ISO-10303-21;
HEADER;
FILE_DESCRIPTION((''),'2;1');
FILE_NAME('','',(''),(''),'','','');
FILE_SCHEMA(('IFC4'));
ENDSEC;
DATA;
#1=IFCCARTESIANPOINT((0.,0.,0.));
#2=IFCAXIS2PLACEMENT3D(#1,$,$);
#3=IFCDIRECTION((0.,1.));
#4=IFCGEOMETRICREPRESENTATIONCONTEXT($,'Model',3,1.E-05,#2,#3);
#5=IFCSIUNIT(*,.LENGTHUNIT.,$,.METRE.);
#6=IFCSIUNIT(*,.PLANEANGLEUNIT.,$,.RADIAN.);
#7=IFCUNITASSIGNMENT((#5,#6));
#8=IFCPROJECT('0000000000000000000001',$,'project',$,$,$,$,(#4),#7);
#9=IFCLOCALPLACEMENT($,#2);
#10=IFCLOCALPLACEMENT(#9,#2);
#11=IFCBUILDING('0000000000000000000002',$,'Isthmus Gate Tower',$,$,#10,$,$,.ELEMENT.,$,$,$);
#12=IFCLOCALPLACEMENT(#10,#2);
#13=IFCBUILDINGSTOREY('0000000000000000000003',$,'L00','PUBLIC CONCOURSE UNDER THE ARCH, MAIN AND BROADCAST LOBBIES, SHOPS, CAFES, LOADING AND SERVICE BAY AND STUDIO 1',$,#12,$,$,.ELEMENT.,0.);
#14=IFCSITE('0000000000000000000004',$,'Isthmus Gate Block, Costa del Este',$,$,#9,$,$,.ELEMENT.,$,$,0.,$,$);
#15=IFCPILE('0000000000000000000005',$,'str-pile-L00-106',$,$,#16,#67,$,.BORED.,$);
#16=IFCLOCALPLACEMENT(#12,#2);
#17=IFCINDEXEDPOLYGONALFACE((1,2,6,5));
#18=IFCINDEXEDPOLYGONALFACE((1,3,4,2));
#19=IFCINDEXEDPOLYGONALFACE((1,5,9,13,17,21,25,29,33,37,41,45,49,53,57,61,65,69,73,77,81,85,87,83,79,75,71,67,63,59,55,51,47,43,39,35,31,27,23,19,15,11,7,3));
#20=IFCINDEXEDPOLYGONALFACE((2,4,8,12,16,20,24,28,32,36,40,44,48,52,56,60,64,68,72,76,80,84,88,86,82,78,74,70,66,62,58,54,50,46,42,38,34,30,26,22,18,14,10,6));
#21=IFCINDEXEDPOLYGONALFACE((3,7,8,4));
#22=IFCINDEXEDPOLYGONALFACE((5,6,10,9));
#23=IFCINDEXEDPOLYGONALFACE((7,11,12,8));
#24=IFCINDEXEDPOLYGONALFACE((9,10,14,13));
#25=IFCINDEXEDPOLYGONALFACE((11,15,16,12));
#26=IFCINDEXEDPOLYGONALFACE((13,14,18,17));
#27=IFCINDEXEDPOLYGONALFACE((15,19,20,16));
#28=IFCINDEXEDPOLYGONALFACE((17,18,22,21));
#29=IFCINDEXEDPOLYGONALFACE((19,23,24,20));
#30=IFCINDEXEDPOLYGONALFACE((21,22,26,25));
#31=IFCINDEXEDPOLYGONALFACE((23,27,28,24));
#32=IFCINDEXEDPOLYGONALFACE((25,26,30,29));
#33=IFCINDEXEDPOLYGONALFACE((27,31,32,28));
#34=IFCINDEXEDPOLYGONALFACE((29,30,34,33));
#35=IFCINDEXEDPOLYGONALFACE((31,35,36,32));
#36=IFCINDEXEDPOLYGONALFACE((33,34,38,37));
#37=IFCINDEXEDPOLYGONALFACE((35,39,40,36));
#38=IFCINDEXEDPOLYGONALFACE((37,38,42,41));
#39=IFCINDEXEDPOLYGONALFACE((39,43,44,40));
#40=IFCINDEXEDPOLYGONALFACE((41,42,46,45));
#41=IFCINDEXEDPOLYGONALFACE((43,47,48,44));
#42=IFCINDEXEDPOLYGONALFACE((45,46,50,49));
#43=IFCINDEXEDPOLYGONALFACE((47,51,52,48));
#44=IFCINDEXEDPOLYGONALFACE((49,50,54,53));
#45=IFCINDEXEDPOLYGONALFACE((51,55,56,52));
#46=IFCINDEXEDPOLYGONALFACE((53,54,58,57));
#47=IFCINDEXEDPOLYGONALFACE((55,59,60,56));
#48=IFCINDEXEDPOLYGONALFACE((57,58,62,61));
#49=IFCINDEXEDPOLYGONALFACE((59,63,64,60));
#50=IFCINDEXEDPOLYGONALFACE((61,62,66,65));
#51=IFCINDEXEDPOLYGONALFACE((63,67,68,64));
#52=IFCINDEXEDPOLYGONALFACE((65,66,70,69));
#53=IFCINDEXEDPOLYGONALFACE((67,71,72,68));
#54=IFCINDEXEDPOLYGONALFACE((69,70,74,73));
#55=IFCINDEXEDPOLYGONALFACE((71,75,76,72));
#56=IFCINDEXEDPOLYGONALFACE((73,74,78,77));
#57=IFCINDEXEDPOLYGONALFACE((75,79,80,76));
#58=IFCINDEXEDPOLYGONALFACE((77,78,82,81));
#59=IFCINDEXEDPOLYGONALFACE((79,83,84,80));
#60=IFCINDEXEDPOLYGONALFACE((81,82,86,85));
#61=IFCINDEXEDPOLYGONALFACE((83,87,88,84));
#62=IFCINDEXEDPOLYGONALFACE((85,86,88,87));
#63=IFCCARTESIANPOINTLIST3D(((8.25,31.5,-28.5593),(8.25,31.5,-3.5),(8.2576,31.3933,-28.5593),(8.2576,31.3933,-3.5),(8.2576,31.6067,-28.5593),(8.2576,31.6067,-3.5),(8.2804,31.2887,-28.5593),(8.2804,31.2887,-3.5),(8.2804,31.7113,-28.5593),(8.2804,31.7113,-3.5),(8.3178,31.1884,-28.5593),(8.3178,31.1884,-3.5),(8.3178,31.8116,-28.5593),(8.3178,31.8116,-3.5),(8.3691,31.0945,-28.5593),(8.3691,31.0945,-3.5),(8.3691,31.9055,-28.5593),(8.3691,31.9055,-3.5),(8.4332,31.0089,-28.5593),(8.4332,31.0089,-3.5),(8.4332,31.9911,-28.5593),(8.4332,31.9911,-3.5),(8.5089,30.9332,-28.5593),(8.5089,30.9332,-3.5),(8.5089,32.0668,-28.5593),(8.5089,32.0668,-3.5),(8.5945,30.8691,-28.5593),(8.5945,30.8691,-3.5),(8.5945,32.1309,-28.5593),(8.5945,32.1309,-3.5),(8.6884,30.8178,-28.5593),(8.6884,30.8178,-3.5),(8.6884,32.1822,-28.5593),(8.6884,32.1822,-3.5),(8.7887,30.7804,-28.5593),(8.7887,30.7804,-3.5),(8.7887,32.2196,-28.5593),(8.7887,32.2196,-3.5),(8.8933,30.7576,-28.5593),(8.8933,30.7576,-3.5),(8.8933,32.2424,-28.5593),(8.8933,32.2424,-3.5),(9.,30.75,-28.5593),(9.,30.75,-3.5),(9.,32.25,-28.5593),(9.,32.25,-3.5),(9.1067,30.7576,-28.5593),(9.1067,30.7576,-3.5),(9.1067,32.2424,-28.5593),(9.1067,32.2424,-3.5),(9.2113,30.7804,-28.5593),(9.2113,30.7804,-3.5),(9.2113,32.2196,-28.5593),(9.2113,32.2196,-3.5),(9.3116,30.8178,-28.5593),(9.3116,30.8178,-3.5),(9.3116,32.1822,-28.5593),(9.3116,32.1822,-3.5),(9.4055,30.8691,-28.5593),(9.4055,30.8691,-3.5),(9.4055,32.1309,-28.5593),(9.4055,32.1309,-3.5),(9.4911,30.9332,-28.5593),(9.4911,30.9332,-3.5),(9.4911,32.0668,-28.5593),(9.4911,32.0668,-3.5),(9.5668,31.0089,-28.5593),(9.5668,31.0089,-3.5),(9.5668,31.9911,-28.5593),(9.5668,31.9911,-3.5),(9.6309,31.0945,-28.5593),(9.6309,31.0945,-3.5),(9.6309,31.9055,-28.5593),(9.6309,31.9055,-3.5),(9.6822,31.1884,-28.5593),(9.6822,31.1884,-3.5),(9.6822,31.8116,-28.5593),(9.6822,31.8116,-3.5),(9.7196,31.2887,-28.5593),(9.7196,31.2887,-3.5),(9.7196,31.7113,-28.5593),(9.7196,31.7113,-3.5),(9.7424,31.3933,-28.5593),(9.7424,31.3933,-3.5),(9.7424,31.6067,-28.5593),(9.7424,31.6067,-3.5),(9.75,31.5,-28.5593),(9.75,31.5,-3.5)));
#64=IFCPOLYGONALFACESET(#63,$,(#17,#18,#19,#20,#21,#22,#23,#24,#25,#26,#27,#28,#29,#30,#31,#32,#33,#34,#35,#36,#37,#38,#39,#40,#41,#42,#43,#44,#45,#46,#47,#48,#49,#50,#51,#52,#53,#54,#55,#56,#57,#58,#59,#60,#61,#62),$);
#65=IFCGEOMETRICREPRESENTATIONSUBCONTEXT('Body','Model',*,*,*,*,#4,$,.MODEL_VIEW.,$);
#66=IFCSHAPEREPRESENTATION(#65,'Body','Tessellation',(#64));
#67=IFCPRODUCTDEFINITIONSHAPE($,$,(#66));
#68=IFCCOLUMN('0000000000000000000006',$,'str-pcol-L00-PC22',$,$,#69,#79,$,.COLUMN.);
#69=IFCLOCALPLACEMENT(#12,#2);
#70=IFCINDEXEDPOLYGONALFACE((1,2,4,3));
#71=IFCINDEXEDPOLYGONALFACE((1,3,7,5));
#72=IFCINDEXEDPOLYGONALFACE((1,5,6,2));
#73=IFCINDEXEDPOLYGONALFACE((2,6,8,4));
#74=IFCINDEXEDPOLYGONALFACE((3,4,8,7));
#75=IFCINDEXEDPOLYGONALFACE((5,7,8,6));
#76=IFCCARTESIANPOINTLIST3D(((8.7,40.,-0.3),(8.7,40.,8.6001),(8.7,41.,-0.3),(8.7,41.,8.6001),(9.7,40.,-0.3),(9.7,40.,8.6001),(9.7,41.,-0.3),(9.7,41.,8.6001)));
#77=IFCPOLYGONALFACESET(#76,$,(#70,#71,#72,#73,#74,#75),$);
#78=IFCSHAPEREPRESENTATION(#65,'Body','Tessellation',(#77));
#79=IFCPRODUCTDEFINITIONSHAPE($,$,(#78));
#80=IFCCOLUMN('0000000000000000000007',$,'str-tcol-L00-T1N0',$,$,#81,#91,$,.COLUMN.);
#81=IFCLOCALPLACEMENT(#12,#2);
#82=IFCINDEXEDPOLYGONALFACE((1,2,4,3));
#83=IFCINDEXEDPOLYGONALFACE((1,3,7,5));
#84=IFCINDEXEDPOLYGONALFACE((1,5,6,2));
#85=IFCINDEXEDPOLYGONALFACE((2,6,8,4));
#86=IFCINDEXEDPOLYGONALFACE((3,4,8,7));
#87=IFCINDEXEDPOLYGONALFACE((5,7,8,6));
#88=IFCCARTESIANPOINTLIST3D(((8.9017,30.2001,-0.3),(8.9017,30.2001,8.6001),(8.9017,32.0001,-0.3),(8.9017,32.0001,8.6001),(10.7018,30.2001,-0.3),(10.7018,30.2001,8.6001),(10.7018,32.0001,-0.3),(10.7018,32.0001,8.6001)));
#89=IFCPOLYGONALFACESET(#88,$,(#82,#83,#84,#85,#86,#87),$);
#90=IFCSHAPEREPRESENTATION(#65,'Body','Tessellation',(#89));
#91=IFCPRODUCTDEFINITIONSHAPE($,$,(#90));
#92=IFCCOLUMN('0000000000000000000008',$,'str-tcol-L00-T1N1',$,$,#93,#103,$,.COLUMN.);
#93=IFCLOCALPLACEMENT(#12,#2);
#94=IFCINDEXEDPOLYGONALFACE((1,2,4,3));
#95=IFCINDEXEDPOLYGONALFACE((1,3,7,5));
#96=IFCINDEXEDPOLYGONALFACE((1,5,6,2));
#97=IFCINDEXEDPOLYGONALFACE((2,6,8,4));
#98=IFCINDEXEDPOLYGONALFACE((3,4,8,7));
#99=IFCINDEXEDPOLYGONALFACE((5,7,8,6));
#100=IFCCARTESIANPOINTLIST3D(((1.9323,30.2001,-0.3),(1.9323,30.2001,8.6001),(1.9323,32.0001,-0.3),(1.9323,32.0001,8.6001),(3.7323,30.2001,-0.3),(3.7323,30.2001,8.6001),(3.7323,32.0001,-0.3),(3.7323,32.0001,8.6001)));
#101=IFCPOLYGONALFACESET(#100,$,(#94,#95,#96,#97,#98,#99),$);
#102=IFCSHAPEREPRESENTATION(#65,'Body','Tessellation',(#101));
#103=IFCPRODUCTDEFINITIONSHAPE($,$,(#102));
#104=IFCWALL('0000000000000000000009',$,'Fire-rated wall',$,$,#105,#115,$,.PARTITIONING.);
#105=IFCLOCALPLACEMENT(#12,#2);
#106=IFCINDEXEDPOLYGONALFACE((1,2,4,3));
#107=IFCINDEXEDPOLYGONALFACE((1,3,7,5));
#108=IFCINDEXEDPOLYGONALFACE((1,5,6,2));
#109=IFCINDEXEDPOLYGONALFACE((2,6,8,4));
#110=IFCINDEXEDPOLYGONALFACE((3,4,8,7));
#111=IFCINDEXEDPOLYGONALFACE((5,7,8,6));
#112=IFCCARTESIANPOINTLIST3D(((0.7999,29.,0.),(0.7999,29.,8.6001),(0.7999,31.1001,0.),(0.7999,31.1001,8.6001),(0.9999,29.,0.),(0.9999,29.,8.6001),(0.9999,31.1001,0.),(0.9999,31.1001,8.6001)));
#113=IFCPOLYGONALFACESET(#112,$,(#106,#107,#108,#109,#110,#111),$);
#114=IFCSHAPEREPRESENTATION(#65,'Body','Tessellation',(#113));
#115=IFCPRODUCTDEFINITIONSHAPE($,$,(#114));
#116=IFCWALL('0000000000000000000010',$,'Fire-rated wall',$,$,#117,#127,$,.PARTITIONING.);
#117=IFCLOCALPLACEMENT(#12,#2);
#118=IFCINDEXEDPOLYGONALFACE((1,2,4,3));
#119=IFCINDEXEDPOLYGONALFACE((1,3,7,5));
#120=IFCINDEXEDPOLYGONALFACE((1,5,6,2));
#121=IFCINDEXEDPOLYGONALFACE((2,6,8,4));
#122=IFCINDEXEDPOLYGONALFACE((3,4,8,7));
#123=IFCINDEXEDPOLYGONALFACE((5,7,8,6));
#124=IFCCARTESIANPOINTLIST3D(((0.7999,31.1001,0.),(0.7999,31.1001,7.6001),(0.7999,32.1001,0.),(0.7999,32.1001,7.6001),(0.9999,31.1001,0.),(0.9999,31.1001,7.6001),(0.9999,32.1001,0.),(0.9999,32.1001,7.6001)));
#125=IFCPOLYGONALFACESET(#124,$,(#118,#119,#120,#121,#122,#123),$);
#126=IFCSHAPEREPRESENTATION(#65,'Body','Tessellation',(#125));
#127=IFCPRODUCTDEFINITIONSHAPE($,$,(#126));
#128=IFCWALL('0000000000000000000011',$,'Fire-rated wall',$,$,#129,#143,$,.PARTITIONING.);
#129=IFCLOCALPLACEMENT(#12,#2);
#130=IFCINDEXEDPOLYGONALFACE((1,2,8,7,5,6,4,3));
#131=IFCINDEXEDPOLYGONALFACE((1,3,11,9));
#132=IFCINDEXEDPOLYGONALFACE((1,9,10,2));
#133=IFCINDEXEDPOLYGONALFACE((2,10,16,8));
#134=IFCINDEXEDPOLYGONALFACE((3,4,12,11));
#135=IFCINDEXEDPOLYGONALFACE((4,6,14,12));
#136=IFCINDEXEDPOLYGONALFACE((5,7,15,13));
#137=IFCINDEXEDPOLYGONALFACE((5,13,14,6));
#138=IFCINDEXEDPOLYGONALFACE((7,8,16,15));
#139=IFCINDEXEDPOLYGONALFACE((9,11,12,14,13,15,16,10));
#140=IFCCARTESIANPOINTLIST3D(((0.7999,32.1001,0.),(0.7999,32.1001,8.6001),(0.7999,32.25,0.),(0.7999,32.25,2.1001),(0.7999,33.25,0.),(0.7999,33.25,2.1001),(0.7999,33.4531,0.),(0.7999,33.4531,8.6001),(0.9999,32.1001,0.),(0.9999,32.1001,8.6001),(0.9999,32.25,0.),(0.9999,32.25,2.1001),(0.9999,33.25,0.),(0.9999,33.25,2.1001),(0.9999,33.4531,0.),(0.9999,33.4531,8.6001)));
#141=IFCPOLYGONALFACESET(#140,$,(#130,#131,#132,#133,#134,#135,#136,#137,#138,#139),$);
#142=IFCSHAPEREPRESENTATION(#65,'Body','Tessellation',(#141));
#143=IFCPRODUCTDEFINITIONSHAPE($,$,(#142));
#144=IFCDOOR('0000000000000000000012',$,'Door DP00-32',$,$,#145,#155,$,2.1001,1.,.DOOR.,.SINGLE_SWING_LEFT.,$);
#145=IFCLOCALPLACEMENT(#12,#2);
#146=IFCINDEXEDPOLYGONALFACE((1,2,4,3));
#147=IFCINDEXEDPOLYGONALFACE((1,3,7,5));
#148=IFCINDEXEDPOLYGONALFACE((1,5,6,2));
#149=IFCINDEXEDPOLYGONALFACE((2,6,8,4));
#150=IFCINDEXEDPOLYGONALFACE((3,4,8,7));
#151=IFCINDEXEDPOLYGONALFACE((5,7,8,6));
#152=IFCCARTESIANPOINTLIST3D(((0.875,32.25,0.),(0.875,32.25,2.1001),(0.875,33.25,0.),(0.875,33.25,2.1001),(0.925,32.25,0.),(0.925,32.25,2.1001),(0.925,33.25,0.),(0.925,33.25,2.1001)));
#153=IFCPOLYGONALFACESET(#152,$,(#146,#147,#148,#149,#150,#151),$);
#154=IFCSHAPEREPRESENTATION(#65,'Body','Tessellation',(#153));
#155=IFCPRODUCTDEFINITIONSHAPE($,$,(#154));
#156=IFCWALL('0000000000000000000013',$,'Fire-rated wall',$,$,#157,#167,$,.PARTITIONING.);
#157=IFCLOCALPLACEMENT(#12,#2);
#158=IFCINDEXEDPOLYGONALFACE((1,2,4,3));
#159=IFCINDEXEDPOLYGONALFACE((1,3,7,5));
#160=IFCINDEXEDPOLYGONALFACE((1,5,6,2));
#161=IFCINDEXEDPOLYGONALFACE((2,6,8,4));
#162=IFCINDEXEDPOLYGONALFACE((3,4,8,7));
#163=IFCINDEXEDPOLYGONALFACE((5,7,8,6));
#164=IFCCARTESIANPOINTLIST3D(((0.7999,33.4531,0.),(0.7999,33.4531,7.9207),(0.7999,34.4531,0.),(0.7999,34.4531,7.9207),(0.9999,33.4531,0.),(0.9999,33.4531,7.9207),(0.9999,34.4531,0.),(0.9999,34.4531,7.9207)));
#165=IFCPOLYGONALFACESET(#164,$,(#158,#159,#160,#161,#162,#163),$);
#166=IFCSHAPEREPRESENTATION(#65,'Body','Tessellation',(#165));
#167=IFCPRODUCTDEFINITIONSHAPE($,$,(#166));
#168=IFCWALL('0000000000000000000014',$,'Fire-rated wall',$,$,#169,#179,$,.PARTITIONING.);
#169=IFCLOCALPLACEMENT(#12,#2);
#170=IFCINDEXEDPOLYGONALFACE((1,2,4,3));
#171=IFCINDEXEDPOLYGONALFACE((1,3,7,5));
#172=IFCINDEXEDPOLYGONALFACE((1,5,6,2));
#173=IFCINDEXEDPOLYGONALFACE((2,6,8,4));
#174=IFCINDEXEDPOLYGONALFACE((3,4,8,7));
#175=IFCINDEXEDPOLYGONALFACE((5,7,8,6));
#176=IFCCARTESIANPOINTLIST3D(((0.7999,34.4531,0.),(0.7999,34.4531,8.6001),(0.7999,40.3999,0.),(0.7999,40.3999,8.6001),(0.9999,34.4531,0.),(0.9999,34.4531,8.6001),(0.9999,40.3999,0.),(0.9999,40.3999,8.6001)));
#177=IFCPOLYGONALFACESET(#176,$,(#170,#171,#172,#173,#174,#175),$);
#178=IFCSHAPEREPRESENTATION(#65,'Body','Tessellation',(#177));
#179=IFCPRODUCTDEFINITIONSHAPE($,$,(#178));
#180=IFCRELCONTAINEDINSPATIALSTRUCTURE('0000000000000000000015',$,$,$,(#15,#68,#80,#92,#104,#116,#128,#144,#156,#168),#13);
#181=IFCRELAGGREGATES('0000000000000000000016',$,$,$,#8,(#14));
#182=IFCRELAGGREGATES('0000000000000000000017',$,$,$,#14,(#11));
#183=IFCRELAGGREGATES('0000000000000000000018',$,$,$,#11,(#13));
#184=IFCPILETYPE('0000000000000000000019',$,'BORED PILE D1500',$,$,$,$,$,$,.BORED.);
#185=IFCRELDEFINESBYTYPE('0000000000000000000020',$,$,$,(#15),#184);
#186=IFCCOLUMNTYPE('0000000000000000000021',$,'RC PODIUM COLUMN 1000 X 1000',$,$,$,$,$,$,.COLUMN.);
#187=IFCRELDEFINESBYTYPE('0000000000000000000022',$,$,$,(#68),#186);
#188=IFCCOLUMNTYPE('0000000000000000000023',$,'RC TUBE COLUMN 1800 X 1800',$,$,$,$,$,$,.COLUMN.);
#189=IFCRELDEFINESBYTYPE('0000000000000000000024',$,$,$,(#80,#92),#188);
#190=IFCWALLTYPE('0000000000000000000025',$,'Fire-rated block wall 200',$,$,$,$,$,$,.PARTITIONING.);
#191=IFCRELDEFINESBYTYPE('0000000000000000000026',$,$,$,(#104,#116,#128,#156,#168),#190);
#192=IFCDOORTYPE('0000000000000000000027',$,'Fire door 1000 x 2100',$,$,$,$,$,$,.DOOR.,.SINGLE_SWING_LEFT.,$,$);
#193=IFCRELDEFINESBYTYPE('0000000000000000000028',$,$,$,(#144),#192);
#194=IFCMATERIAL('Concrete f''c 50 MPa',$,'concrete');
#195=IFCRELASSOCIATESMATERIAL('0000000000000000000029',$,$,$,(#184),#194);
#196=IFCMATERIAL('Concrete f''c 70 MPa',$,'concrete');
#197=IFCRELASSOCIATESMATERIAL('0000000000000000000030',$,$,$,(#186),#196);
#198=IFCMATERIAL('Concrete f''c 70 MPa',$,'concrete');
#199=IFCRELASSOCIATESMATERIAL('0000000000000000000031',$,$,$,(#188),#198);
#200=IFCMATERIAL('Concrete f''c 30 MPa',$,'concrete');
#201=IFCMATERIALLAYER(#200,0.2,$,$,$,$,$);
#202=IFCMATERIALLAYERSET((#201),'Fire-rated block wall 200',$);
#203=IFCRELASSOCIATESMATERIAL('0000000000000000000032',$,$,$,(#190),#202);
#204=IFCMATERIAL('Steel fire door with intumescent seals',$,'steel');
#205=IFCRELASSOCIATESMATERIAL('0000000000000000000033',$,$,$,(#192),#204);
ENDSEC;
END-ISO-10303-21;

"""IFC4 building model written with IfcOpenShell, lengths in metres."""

from ifc_helpers import new_model, si_unit, direction, frame, frame_2d, origin, origin_2d, place, context, subcontext, project, spatial, rectangle, circle, extrude, material, layer, layer_set, material_profile, profile_set, type_object, element, fill, save


model = new_model("IFC4")

# Units and contexts
model_context = context("Model", 3, precision=1e-05, world=origin(), true_north=direction((0.0, 1.0)))
body_context = subcontext(model_context, "Body", "Model", "MODEL_VIEW")
ifc_project = project(units=[si_unit("LENGTHUNIT", "METRE"), si_unit("PLANEANGLEUNIT", "RADIAN")], contexts=[model_context])

# Site, building, storey
site_placement = place(None, origin())
site = spatial("IfcSite", under=ifc_project, at=site_placement, Name="Isthmus Gate Block, Costa del Este", CompositionType="ELEMENT", RefElevation=0.0)
building_placement = place(site_placement, origin())
building = spatial("IfcBuilding", under=site, at=building_placement, Name="Isthmus Gate Tower", CompositionType="ELEMENT")
storey_placement = place(building_placement, origin())
storey = spatial("IfcBuildingStorey", under=building, at=storey_placement, Name="L00", Description="PUBLIC CONCOURSE UNDER THE ARCH, MAIN AND BROADCAST LOBBIES, SHOPS, CAFES, LOADING AND SERVICE BAY AND STUDIO 1", CompositionType="ELEMENT", Elevation=0.0)

# Pile
ifc_material_1 = material(Name="Concrete f'c 50 MPa", Category="concrete")
ifc_material_profile_1 = material_profile(ifc_material_1, circle(Radius=0.75, at=origin_2d()), Name="D1500")
ifc_profile_set_1 = profile_set([ifc_material_profile_1], Name="Concrete f'c 50 MPa")
pile_type_1 = type_object("IfcPileType", Name="BORED PILE D1500", PredefinedType="BORED", material=ifc_profile_set_1)
pile_1_placement = place(storey_placement, frame((9.0, 31.5, -3.5), z_axis=(0.0, 0.0, -1.0), x_axis=(1.0, 0.0, 0.0)))
element("IfcPile", 1, at=pile_1_placement, inside=storey, type_object=pile_type_1, Name="str-pile-L00-106", PredefinedType="BORED", context=body_context, shape_type="SweptSolid", body=[
    extrude(circle(Radius=0.75, at=origin_2d()), origin(), (0.0, 0.0, 1.0), 25.0593),
])

# Columns
ifc_material_2 = material(Name="Concrete f'c 70 MPa", Category="concrete")
ifc_material_profile_2 = material_profile(ifc_material_2, rectangle(XDim=1.0, YDim=1.0, at=origin_2d()), Name="RC 1000X1000")
ifc_profile_set_2 = profile_set([ifc_material_profile_2], Name="Concrete f'c 70 MPa")
column_type_1 = type_object("IfcColumnType", Name="RC PODIUM COLUMN 1000 X 1000", PredefinedType="COLUMN", material=ifc_profile_set_2)
column_placement = place(storey_placement, frame((9.2, 40.5, -0.3), z_axis=(0.0, 0.0, 1.0), x_axis=(-1.0, 0.0, 0.0)))
element("IfcColumn", 2, at=column_placement, inside=storey, type_object=column_type_1, Name="str-pcol-L00-PC22", PredefinedType="COLUMN", context=body_context, shape_type="SweptSolid", body=[
    extrude(rectangle(XDim=1.0, YDim=1.0, at=origin_2d()), origin(), (0.0, 0.0, 1.0), 8.9001),
])
ifc_material_3 = material(Name="Concrete f'c 70 MPa", Category="concrete")
ifc_material_profile_3 = material_profile(ifc_material_3, rectangle(XDim=1.8, YDim=1.8, at=origin_2d()), Name="RC 1800X1800")
ifc_profile_set_3 = profile_set([ifc_material_profile_3], Name="Concrete f'c 70 MPa")
column_type_2 = type_object("IfcColumnType", Name="RC TUBE COLUMN 1800 X 1800", PredefinedType="COLUMN", material=ifc_profile_set_3)
for number, where, z_axis, x_axis, name in (
    (3, (9.8018, 31.1001, -0.3), (0.0, 0.0, 1.0), (-1.0, 0.0, 0.0), "str-tcol-L00-T1N0"),
    (4, (2.8323, 31.1001, -0.3), (0.0, 0.0, 1.0), (-1.0, 0.0, 0.0), "str-tcol-L00-T1N1"),
):
    element("IfcColumn", number, at=place(storey_placement, frame(where, z_axis=z_axis, x_axis=x_axis)), inside=storey, type_object=column_type_2, Name=name, PredefinedType="COLUMN", context=body_context, shape_type="SweptSolid", body=[
        extrude(rectangle(XDim=1.8, YDim=1.8, at=origin_2d()), origin(), (0.0, 0.0, 1.0), 8.9001),
    ])

# Walls
ifc_material_4 = material(Name="Concrete f'c 30 MPa", Category="concrete")
ifc_layer_1 = layer(ifc_material_4, 0.2)
ifc_layer_set_1 = layer_set([ifc_layer_1], Name="Fire-rated block wall 200")
wall_type_1 = type_object("IfcWallType", Name="Fire-rated block wall 200", PredefinedType="PARTITIONING", material=ifc_layer_set_1)
wall_1_placement = place(storey_placement, frame((0.8999, 29.0, 0.0), z_axis=(0.0, 0.0, 1.0), x_axis=(0.0, 1.0, 0.0)))
element("IfcWall", 5, at=wall_1_placement, inside=storey, type_object=wall_type_1, Name="Fire-rated wall", PredefinedType="PARTITIONING", context=body_context, shape_type="SweptSolid", body=[
    extrude(rectangle(XDim=2.1001, YDim=0.2, at=frame_2d((1.05, 0.0))), origin(), (0.0, 0.0, 1.0), 8.6001),
])
wall_2_placement = place(storey_placement, frame((0.8999, 31.1001, 0.0), z_axis=(0.0, 0.0, 1.0), x_axis=(0.0, 1.0, 0.0)))
element("IfcWall", 6, at=wall_2_placement, inside=storey, type_object=wall_type_1, Name="Fire-rated wall", PredefinedType="PARTITIONING", context=body_context, shape_type="SweptSolid", body=[
    extrude(rectangle(XDim=1.0, YDim=0.2, at=frame_2d((0.5, 0.0))), origin(), (0.0, 0.0, 1.0), 7.6001),
])

# Wall, opening, door
wall_3_placement = place(storey_placement, frame((0.8999, 32.1001, 0.0), z_axis=(0.0, 0.0, 1.0), x_axis=(0.0, 1.0, 0.0)))
wall_3 = element("IfcWall", 7, at=wall_3_placement, inside=storey, type_object=wall_type_1, Name="Fire-rated wall", PredefinedType="PARTITIONING", context=body_context, shape_type="SweptSolid", body=[
    extrude(rectangle(XDim=1.353, YDim=0.2, at=frame_2d((0.6765, 0.0))), origin(), (0.0, 0.0, 1.0), 8.6001),
])
opening_1_placement = place(wall_3_placement, frame((0.1499, 0.0, 0.0)))
opening_1 = element("IfcOpeningElement", 8, at=opening_1_placement, cuts=wall_3, PredefinedType="OPENING", context=body_context, shape_type="SweptSolid", body=[
    extrude(rectangle(XDim=1.0, YDim=2.1001, at=frame_2d((0.5, 1.05))), frame((0.0, 0.1099, 0.0), z_axis=(0.0, -1.0, 0.0), x_axis=(1.0, 0.0, 0.0)), (0.0, 0.0, 1.0), 0.22),
])
ifc_material_5 = material(Name="Steel fire door with intumescent seals", Category="steel")
door_type_1 = type_object("IfcDoorType", Name="Fire door 1000 x 2100", OperationType="SINGLE_SWING_LEFT", PredefinedType="DOOR", material=ifc_material_5)
door_1_placement = place(opening_1_placement, origin())
door_1 = element("IfcDoor", 9, at=door_1_placement, inside=storey, type_object=door_type_1, Name="Door DP00-32", OperationType="SINGLE_SWING_LEFT", OverallHeight=2.1001, OverallWidth=1.0, PredefinedType="DOOR", context=body_context, shape_type="SweptSolid", body=[
    extrude(rectangle(XDim=1.0, YDim=2.1001, at=frame_2d((0.5, 1.05))), frame((0.0, 0.0249, 0.0), z_axis=(0.0, -1.0, 0.0), x_axis=(1.0, 0.0, 0.0)), (0.0, 0.0, 1.0), 0.05),
])
fill(opening_1, door_1)

# Walls
wall_4_placement = place(storey_placement, frame((0.8999, 33.4531, 0.0), z_axis=(0.0, 0.0, 1.0), x_axis=(0.0, 1.0, 0.0)))
element("IfcWall", 10, at=wall_4_placement, inside=storey, type_object=wall_type_1, Name="Fire-rated wall", PredefinedType="PARTITIONING", context=body_context, shape_type="SweptSolid", body=[
    extrude(rectangle(XDim=1.0, YDim=0.2, at=frame_2d((0.5, 0.0))), origin(), (0.0, 0.0, 1.0), 7.9207),
])
wall_5_placement = place(storey_placement, frame((0.8999, 34.4531, 0.0), z_axis=(0.0, 0.0, 1.0), x_axis=(0.0, 1.0, 0.0)))
element("IfcWall", 11, at=wall_5_placement, inside=storey, type_object=wall_type_1, Name="Fire-rated wall", PredefinedType="PARTITIONING", context=body_context, shape_type="SweptSolid", body=[
    extrude(rectangle(XDim=5.9468, YDim=0.2, at=frame_2d((2.9734, 0.0))), origin(), (0.0, 0.0, 1.0), 8.6001),
])

save(model, "model.ifc")
